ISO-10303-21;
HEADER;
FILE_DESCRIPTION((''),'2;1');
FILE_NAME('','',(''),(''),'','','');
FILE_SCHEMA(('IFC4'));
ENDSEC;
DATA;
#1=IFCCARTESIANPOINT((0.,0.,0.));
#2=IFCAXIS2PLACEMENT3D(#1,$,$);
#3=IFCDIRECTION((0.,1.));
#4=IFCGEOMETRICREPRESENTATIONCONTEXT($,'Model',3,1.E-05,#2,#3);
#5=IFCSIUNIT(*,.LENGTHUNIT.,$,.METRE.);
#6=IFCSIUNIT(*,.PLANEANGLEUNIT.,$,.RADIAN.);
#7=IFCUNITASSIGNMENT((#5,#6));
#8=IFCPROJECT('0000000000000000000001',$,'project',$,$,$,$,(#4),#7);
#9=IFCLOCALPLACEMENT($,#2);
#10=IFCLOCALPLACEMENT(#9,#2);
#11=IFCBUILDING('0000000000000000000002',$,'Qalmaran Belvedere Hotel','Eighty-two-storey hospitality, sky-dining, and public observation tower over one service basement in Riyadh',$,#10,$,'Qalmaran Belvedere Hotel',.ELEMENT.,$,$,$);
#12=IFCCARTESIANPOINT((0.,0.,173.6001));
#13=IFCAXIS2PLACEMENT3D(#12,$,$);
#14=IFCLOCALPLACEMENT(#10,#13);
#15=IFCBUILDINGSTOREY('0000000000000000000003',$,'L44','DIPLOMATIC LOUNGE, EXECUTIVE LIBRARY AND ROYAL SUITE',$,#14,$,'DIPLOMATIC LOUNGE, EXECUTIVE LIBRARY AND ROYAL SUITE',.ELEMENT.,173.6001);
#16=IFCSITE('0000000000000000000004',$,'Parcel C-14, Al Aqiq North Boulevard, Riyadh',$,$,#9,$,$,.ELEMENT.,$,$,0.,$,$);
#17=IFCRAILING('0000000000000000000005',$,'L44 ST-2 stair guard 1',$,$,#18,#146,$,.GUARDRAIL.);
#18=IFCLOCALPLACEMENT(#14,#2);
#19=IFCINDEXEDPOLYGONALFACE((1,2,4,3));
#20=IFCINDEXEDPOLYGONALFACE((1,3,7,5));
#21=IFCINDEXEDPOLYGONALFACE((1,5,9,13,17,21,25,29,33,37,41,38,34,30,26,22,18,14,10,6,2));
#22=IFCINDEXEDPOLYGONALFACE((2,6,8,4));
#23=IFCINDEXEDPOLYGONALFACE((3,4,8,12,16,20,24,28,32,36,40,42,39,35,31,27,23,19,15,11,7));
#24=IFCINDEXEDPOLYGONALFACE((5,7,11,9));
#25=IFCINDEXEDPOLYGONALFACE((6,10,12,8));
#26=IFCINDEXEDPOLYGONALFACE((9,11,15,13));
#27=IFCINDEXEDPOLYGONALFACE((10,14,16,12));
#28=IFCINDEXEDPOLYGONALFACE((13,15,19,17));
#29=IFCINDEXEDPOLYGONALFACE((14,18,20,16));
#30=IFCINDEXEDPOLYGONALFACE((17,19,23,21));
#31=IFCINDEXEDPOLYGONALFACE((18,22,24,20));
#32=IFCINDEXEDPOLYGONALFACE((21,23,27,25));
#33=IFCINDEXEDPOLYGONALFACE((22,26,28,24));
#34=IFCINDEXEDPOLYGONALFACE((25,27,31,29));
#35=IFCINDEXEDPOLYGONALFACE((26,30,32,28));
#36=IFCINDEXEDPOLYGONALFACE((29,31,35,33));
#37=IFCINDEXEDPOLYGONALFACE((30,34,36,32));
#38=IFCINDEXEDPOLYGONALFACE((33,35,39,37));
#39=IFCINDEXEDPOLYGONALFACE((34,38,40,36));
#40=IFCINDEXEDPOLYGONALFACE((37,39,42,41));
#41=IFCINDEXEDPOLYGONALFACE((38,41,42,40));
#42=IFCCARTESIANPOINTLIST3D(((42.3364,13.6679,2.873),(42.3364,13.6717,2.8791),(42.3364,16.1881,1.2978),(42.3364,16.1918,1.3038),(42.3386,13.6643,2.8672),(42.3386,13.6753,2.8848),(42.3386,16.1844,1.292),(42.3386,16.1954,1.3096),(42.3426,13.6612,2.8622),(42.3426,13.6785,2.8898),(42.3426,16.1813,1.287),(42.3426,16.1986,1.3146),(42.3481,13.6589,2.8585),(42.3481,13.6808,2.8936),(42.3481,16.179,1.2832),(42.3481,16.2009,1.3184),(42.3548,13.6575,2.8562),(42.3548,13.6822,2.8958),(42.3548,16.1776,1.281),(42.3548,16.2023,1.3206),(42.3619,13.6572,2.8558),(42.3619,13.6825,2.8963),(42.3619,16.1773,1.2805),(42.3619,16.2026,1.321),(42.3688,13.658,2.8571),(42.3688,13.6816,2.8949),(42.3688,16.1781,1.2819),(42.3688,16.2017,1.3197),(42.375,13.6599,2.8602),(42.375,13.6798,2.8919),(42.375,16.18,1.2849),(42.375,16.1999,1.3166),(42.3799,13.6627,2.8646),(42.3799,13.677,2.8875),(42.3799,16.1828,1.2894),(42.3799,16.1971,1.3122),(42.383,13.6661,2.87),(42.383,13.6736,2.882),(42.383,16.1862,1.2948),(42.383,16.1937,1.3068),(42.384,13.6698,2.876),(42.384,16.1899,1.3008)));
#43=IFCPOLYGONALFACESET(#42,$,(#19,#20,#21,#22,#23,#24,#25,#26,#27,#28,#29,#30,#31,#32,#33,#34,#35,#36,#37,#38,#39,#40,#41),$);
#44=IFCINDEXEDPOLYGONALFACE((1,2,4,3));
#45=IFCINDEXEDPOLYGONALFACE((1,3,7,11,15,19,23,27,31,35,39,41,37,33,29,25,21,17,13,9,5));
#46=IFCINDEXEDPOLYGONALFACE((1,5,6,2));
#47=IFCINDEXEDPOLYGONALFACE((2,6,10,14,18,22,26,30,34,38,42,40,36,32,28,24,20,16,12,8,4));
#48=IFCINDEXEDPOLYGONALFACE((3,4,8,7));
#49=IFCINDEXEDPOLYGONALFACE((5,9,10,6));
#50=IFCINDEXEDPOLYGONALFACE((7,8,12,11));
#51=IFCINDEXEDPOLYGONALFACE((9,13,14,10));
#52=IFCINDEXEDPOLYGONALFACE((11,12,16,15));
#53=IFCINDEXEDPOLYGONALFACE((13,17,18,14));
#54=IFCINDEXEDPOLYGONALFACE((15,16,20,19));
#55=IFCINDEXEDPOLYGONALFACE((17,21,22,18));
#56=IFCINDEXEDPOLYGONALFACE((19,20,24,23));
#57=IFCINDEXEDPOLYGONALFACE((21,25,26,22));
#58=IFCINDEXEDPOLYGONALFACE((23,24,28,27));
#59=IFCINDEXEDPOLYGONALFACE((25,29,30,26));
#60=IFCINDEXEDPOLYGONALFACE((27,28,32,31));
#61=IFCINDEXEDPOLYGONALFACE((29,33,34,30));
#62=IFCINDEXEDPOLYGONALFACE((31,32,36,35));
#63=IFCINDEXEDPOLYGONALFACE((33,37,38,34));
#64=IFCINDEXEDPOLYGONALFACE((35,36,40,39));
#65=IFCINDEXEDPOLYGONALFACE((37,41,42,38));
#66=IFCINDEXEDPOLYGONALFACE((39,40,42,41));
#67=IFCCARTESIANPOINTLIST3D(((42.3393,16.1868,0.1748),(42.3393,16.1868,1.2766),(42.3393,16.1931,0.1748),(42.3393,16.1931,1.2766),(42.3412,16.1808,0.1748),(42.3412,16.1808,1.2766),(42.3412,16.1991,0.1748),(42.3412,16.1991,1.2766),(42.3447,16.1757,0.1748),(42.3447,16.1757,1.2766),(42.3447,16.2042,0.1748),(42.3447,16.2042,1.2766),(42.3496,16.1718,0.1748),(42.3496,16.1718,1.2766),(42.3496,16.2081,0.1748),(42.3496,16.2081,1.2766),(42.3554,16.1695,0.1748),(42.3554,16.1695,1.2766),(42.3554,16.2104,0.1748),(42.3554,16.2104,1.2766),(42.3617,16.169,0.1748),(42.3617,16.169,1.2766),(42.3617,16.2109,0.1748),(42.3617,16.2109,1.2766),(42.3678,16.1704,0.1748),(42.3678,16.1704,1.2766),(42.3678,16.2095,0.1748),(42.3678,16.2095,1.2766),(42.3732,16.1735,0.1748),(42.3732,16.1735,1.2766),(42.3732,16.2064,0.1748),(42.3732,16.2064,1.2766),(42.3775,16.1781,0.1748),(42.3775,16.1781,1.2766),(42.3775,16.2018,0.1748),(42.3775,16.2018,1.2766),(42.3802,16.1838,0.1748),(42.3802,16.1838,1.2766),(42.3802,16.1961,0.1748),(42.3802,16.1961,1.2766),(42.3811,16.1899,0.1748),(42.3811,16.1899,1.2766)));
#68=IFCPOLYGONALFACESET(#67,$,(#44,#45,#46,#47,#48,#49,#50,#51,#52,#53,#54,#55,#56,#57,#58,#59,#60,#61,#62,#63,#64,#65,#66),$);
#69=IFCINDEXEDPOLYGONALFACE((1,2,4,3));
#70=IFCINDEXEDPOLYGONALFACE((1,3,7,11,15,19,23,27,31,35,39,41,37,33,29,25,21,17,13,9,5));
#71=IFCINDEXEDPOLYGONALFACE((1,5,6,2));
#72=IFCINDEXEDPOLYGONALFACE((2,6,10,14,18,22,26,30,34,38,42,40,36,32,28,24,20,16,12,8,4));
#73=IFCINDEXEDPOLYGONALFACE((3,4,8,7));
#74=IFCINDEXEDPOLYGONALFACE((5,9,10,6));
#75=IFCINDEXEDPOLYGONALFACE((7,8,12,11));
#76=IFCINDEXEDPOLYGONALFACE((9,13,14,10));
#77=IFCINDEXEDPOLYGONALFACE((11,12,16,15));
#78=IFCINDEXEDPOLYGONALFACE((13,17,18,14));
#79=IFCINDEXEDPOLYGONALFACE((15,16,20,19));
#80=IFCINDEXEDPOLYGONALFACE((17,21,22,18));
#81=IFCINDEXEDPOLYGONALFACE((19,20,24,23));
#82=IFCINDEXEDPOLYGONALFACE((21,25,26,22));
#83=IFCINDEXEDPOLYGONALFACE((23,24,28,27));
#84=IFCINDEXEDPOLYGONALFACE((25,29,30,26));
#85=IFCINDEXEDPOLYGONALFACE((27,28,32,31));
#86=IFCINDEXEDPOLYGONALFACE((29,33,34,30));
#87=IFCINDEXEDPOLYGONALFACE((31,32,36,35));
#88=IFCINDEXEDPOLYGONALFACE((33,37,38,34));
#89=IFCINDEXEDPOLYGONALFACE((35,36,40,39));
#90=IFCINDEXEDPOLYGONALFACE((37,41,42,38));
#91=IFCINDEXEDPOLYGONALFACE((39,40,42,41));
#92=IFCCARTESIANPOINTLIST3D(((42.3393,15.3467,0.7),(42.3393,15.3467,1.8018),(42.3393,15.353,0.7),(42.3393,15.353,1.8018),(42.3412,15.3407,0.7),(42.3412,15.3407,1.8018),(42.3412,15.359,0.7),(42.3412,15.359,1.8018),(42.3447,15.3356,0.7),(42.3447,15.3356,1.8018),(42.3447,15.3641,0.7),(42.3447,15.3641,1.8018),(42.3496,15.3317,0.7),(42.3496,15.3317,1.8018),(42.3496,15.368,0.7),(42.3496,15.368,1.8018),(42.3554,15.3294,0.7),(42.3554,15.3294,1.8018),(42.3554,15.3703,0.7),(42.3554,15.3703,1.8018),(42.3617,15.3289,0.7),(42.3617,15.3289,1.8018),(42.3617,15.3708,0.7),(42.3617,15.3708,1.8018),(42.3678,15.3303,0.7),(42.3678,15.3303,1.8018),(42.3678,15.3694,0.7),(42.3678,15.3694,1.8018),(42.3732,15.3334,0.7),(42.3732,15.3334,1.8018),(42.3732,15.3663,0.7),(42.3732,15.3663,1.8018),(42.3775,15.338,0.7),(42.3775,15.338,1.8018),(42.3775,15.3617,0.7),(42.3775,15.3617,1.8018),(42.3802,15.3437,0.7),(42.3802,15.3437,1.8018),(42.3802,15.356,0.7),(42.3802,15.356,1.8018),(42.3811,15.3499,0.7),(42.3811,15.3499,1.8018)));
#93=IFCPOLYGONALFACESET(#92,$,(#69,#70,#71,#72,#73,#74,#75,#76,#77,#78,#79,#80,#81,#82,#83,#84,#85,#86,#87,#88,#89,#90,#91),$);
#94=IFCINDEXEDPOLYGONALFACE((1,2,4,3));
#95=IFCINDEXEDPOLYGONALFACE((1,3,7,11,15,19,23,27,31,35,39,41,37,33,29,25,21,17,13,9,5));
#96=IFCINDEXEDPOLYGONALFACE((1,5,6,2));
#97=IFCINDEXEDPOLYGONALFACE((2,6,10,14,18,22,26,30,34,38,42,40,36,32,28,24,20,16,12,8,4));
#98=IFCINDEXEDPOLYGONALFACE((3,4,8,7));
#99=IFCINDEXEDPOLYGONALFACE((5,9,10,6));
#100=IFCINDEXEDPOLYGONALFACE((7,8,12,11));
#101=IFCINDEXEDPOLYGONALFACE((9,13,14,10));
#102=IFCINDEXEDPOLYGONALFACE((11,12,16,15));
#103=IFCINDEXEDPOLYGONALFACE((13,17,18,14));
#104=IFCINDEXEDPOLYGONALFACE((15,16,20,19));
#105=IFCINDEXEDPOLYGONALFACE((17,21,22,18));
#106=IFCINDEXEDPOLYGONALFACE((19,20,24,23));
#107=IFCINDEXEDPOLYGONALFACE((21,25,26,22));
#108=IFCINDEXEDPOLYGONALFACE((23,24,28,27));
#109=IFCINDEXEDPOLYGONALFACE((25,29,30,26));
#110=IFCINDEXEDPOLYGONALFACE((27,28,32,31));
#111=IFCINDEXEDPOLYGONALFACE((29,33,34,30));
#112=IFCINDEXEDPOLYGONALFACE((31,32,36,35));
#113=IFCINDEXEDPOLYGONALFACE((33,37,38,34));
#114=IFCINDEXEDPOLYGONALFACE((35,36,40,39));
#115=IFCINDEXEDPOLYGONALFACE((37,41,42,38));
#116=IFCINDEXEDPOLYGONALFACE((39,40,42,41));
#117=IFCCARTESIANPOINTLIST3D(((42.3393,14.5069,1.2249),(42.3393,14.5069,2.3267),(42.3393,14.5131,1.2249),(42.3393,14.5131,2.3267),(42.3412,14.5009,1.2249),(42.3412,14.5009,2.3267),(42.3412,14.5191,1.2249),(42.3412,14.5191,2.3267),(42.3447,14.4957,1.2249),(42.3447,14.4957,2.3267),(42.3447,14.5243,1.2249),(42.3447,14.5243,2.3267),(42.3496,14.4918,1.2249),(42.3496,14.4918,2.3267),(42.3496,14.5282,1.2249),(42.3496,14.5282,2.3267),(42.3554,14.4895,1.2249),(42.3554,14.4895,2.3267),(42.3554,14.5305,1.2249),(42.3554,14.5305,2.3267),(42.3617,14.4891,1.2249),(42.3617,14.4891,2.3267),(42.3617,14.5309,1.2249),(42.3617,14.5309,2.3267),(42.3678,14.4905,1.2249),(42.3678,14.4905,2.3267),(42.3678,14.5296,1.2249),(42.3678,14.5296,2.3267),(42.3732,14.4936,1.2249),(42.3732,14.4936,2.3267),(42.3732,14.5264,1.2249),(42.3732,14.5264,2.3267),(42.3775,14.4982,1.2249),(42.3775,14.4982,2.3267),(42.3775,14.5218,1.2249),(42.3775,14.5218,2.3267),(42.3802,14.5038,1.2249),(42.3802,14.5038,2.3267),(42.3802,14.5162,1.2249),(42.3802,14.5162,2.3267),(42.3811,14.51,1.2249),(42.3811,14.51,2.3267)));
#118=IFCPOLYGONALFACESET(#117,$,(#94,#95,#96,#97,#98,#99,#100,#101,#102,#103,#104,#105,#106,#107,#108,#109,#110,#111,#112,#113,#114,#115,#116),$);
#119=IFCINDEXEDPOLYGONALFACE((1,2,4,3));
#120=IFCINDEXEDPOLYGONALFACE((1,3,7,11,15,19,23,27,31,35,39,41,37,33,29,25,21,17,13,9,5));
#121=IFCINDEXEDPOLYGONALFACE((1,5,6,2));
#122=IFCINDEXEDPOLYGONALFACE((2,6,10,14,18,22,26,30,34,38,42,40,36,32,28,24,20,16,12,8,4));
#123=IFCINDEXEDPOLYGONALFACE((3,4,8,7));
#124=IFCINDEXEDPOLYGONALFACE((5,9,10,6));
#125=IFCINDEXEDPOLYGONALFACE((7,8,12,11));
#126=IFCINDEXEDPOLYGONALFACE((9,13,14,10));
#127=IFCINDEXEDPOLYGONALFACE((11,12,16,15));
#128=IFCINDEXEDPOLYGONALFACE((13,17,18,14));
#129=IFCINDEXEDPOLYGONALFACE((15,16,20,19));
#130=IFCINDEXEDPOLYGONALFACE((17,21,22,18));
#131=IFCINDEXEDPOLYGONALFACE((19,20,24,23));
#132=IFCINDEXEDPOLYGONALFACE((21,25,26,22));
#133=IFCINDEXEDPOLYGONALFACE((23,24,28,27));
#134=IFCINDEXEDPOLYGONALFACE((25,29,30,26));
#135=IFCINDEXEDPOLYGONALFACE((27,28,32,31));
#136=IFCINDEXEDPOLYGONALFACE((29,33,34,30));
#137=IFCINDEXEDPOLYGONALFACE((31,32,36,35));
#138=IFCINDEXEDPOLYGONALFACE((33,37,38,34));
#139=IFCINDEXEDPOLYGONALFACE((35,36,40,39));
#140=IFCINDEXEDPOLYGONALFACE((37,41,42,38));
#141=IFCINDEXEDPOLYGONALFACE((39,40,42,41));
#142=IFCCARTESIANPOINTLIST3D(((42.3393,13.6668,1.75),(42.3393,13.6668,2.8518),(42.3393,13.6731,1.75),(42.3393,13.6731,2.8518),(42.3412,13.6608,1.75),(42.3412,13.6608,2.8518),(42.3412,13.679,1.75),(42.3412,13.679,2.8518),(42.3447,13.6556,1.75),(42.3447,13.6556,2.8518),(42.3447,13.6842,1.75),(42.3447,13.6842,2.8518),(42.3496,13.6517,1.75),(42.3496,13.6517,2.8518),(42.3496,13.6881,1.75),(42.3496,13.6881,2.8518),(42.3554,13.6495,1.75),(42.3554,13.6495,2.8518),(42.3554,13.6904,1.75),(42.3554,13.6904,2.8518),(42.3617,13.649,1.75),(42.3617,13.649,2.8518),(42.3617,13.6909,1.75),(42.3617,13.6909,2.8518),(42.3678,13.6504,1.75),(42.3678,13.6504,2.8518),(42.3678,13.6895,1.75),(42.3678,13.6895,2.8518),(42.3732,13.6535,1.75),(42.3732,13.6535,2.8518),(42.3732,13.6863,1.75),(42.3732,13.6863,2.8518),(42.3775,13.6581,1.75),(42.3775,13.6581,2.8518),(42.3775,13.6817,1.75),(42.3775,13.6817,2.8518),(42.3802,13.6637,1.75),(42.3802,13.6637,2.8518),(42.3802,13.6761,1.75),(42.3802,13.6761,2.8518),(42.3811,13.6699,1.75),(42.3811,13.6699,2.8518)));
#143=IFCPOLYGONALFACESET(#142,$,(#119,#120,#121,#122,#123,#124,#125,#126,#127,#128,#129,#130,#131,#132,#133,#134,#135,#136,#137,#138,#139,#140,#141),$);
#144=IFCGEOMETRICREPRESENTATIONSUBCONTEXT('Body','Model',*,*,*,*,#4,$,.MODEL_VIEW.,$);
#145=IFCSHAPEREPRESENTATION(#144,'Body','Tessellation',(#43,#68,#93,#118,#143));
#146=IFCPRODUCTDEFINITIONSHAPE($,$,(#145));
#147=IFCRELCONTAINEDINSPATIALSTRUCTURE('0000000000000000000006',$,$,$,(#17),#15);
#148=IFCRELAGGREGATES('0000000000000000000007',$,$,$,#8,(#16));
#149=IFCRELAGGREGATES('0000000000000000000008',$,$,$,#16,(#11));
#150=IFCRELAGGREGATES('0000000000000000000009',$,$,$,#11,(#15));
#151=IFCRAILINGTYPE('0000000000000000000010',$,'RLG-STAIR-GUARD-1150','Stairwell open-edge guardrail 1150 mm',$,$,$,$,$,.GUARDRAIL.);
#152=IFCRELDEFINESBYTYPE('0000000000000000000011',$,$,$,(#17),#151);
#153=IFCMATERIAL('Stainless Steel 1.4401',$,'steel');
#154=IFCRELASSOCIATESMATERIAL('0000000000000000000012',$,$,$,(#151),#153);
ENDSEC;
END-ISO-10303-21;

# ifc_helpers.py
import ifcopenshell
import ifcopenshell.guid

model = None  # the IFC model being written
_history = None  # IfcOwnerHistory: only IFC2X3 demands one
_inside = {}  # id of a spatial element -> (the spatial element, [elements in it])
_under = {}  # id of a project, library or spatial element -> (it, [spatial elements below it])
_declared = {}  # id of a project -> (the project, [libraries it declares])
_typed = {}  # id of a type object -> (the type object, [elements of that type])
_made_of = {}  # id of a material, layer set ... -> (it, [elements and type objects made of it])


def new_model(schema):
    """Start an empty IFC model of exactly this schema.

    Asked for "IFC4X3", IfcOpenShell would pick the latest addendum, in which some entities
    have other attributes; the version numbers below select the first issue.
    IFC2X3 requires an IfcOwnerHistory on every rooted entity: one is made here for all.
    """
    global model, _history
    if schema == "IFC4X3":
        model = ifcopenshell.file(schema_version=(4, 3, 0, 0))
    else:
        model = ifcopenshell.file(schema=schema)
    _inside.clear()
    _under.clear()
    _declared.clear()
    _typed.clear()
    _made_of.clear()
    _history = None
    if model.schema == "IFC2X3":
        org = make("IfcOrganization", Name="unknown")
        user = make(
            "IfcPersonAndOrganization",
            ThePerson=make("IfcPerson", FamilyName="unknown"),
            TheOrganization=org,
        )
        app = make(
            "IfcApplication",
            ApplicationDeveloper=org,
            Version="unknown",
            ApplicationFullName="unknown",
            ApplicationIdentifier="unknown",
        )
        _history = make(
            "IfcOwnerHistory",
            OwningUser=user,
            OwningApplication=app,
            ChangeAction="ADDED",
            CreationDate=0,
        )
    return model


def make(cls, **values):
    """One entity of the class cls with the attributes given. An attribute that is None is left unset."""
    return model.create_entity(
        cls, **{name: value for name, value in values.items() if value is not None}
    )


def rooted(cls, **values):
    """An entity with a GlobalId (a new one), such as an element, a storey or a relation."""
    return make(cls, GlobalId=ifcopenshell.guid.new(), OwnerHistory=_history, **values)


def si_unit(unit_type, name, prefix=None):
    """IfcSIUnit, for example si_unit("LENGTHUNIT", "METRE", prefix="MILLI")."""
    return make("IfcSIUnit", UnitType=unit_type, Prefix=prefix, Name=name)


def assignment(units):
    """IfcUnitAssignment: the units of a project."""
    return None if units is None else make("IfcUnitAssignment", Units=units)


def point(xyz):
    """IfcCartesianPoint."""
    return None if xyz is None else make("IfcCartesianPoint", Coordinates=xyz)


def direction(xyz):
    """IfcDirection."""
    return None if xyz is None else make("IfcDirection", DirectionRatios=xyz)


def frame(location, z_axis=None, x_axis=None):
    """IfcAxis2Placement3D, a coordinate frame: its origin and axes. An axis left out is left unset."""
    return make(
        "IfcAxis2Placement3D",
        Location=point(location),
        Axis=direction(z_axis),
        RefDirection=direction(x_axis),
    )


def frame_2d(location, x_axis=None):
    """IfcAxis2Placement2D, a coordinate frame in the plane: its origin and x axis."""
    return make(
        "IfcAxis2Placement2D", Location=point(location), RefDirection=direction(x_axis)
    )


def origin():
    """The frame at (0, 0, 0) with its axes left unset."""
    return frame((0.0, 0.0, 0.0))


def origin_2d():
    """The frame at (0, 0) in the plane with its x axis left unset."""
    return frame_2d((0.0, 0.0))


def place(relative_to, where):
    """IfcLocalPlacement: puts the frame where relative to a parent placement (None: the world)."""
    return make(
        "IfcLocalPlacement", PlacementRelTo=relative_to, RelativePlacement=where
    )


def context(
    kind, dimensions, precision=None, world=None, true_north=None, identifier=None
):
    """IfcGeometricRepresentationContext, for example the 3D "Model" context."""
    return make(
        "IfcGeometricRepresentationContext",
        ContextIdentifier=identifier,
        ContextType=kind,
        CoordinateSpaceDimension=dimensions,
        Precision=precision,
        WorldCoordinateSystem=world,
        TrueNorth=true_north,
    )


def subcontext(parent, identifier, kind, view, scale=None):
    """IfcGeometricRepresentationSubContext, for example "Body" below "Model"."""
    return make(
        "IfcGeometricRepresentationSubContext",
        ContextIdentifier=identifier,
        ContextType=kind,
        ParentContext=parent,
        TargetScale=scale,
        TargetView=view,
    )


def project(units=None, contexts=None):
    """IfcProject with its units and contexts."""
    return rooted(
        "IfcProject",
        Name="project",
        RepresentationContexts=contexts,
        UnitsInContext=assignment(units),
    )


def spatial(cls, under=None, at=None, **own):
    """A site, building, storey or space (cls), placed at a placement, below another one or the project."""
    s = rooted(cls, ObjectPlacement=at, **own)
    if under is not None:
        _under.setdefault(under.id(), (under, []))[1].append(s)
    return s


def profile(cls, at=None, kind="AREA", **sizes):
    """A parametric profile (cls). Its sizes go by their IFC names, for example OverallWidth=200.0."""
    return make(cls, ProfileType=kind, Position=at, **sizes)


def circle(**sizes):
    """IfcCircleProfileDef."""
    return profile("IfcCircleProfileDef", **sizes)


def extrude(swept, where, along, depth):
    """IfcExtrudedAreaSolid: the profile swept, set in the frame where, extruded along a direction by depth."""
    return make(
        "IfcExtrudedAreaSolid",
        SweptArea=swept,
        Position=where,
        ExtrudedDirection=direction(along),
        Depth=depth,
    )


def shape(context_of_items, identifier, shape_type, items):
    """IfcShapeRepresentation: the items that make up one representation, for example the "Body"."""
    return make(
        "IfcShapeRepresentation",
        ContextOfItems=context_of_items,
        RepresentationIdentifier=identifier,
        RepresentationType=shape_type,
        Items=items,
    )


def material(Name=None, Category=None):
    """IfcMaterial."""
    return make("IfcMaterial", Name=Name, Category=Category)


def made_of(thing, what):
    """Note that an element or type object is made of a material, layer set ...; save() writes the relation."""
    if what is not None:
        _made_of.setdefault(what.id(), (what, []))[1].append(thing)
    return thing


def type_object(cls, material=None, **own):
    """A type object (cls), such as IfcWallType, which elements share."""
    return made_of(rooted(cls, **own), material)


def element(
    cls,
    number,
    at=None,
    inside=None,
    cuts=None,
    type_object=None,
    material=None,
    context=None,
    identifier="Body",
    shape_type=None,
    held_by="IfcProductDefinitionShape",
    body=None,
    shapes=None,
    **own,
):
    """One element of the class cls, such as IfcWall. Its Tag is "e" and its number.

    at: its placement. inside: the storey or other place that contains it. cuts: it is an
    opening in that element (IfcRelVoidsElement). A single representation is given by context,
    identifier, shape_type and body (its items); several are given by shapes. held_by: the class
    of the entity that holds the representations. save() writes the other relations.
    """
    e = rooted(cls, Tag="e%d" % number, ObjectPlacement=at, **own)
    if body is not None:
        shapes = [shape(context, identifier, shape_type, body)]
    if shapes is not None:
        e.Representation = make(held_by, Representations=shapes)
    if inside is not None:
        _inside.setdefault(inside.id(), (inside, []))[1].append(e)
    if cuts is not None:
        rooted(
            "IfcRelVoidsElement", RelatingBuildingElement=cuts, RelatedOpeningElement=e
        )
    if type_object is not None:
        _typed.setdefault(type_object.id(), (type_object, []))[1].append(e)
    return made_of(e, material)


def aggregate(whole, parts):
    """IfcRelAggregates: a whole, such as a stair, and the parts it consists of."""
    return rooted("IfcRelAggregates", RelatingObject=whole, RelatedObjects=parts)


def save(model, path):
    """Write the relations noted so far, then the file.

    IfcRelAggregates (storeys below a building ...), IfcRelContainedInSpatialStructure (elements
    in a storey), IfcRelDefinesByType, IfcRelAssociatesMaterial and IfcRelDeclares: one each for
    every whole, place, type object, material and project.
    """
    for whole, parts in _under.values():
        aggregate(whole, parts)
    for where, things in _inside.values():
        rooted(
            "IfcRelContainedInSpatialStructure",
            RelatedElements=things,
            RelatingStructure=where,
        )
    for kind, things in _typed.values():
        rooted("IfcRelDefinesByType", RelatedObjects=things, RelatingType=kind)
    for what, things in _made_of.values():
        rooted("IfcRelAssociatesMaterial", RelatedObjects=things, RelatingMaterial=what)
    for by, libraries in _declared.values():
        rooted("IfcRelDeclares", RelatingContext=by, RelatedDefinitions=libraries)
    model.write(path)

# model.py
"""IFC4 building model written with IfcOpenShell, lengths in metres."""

from ifc_helpers import new_model, si_unit, direction, frame, origin, origin_2d, place, context, subcontext, project, spatial, circle, extrude, material, type_object, element, save


model = new_model("IFC4")

# Units and contexts
model_context = context("Model", 3, precision=1e-05, world=origin(), true_north=direction((0.0, 1.0)))
body_context = subcontext(model_context, "Body", "Model", "MODEL_VIEW")
ifc_project = project(units=[si_unit("LENGTHUNIT", "METRE"), si_unit("PLANEANGLEUNIT", "RADIAN")], contexts=[model_context])

# Site, building, storey
site_placement = place(None, origin())
site = spatial("IfcSite", under=ifc_project, at=site_placement, Name="Parcel C-14, Al Aqiq North Boulevard, Riyadh", CompositionType="ELEMENT", RefElevation=0.0)
building_placement = place(site_placement, origin())
building = spatial("IfcBuilding", under=site, at=building_placement, Name="Qalmaran Belvedere Hotel", Description="Eighty-two-storey hospitality, sky-dining, and public observation tower over one service basement in Riyadh", LongName="Qalmaran Belvedere Hotel", CompositionType="ELEMENT")
storey_placement = place(building_placement, frame((0.0, 0.0, 173.6001)))
storey = spatial("IfcBuildingStorey", under=building, at=storey_placement, Name="L44", Description="DIPLOMATIC LOUNGE, EXECUTIVE LIBRARY AND ROYAL SUITE", LongName="DIPLOMATIC LOUNGE, EXECUTIVE LIBRARY AND ROYAL SUITE", CompositionType="ELEMENT", Elevation=173.6001)

# Railing
ifc_material_1 = material(Name="Stainless Steel 1.4401", Category="steel")
railing_type_1 = type_object("IfcRailingType", Name="RLG-STAIR-GUARD-1150", Description="Stairwell open-edge guardrail 1150 mm", PredefinedType="GUARDRAIL", material=ifc_material_1)
railing_1_placement = place(storey_placement, frame((42.3601, 16.1899, 0.1748)))
element("IfcRailing", 1, at=railing_1_placement, inside=storey, type_object=railing_type_1, Name="L44 ST-2 stair guard 1", PredefinedType="GUARDRAIL", context=body_context, shape_type="SweptSolid", body=[
    extrude(circle(Radius=0.0239, at=origin_2d()), frame((0.0, 0.0, 1.126), z_axis=(0.0, -0.847971, 0.530043), x_axis=(1.0, 0.0, 0.0)), (0.0, 0.0, 1.0), 2.9719),
    extrude(circle(Radius=0.021, at=origin_2d()), origin(), (0.0, 0.0, 1.0), 1.1018),
    extrude(circle(Radius=0.021, at=origin_2d()), frame((0.0, -0.8401, 0.5251)), (0.0, 0.0, 1.0), 1.1018),
    extrude(circle(Radius=0.021, at=origin_2d()), frame((0.0, -1.6799, 1.05)), (0.0, 0.0, 1.0), 1.1018),
    extrude(circle(Radius=0.021, at=origin_2d()), frame((0.0, -2.52, 1.5752)), (0.0, 0.0, 1.0), 1.1018),
])

save(model, "model.ifc")
